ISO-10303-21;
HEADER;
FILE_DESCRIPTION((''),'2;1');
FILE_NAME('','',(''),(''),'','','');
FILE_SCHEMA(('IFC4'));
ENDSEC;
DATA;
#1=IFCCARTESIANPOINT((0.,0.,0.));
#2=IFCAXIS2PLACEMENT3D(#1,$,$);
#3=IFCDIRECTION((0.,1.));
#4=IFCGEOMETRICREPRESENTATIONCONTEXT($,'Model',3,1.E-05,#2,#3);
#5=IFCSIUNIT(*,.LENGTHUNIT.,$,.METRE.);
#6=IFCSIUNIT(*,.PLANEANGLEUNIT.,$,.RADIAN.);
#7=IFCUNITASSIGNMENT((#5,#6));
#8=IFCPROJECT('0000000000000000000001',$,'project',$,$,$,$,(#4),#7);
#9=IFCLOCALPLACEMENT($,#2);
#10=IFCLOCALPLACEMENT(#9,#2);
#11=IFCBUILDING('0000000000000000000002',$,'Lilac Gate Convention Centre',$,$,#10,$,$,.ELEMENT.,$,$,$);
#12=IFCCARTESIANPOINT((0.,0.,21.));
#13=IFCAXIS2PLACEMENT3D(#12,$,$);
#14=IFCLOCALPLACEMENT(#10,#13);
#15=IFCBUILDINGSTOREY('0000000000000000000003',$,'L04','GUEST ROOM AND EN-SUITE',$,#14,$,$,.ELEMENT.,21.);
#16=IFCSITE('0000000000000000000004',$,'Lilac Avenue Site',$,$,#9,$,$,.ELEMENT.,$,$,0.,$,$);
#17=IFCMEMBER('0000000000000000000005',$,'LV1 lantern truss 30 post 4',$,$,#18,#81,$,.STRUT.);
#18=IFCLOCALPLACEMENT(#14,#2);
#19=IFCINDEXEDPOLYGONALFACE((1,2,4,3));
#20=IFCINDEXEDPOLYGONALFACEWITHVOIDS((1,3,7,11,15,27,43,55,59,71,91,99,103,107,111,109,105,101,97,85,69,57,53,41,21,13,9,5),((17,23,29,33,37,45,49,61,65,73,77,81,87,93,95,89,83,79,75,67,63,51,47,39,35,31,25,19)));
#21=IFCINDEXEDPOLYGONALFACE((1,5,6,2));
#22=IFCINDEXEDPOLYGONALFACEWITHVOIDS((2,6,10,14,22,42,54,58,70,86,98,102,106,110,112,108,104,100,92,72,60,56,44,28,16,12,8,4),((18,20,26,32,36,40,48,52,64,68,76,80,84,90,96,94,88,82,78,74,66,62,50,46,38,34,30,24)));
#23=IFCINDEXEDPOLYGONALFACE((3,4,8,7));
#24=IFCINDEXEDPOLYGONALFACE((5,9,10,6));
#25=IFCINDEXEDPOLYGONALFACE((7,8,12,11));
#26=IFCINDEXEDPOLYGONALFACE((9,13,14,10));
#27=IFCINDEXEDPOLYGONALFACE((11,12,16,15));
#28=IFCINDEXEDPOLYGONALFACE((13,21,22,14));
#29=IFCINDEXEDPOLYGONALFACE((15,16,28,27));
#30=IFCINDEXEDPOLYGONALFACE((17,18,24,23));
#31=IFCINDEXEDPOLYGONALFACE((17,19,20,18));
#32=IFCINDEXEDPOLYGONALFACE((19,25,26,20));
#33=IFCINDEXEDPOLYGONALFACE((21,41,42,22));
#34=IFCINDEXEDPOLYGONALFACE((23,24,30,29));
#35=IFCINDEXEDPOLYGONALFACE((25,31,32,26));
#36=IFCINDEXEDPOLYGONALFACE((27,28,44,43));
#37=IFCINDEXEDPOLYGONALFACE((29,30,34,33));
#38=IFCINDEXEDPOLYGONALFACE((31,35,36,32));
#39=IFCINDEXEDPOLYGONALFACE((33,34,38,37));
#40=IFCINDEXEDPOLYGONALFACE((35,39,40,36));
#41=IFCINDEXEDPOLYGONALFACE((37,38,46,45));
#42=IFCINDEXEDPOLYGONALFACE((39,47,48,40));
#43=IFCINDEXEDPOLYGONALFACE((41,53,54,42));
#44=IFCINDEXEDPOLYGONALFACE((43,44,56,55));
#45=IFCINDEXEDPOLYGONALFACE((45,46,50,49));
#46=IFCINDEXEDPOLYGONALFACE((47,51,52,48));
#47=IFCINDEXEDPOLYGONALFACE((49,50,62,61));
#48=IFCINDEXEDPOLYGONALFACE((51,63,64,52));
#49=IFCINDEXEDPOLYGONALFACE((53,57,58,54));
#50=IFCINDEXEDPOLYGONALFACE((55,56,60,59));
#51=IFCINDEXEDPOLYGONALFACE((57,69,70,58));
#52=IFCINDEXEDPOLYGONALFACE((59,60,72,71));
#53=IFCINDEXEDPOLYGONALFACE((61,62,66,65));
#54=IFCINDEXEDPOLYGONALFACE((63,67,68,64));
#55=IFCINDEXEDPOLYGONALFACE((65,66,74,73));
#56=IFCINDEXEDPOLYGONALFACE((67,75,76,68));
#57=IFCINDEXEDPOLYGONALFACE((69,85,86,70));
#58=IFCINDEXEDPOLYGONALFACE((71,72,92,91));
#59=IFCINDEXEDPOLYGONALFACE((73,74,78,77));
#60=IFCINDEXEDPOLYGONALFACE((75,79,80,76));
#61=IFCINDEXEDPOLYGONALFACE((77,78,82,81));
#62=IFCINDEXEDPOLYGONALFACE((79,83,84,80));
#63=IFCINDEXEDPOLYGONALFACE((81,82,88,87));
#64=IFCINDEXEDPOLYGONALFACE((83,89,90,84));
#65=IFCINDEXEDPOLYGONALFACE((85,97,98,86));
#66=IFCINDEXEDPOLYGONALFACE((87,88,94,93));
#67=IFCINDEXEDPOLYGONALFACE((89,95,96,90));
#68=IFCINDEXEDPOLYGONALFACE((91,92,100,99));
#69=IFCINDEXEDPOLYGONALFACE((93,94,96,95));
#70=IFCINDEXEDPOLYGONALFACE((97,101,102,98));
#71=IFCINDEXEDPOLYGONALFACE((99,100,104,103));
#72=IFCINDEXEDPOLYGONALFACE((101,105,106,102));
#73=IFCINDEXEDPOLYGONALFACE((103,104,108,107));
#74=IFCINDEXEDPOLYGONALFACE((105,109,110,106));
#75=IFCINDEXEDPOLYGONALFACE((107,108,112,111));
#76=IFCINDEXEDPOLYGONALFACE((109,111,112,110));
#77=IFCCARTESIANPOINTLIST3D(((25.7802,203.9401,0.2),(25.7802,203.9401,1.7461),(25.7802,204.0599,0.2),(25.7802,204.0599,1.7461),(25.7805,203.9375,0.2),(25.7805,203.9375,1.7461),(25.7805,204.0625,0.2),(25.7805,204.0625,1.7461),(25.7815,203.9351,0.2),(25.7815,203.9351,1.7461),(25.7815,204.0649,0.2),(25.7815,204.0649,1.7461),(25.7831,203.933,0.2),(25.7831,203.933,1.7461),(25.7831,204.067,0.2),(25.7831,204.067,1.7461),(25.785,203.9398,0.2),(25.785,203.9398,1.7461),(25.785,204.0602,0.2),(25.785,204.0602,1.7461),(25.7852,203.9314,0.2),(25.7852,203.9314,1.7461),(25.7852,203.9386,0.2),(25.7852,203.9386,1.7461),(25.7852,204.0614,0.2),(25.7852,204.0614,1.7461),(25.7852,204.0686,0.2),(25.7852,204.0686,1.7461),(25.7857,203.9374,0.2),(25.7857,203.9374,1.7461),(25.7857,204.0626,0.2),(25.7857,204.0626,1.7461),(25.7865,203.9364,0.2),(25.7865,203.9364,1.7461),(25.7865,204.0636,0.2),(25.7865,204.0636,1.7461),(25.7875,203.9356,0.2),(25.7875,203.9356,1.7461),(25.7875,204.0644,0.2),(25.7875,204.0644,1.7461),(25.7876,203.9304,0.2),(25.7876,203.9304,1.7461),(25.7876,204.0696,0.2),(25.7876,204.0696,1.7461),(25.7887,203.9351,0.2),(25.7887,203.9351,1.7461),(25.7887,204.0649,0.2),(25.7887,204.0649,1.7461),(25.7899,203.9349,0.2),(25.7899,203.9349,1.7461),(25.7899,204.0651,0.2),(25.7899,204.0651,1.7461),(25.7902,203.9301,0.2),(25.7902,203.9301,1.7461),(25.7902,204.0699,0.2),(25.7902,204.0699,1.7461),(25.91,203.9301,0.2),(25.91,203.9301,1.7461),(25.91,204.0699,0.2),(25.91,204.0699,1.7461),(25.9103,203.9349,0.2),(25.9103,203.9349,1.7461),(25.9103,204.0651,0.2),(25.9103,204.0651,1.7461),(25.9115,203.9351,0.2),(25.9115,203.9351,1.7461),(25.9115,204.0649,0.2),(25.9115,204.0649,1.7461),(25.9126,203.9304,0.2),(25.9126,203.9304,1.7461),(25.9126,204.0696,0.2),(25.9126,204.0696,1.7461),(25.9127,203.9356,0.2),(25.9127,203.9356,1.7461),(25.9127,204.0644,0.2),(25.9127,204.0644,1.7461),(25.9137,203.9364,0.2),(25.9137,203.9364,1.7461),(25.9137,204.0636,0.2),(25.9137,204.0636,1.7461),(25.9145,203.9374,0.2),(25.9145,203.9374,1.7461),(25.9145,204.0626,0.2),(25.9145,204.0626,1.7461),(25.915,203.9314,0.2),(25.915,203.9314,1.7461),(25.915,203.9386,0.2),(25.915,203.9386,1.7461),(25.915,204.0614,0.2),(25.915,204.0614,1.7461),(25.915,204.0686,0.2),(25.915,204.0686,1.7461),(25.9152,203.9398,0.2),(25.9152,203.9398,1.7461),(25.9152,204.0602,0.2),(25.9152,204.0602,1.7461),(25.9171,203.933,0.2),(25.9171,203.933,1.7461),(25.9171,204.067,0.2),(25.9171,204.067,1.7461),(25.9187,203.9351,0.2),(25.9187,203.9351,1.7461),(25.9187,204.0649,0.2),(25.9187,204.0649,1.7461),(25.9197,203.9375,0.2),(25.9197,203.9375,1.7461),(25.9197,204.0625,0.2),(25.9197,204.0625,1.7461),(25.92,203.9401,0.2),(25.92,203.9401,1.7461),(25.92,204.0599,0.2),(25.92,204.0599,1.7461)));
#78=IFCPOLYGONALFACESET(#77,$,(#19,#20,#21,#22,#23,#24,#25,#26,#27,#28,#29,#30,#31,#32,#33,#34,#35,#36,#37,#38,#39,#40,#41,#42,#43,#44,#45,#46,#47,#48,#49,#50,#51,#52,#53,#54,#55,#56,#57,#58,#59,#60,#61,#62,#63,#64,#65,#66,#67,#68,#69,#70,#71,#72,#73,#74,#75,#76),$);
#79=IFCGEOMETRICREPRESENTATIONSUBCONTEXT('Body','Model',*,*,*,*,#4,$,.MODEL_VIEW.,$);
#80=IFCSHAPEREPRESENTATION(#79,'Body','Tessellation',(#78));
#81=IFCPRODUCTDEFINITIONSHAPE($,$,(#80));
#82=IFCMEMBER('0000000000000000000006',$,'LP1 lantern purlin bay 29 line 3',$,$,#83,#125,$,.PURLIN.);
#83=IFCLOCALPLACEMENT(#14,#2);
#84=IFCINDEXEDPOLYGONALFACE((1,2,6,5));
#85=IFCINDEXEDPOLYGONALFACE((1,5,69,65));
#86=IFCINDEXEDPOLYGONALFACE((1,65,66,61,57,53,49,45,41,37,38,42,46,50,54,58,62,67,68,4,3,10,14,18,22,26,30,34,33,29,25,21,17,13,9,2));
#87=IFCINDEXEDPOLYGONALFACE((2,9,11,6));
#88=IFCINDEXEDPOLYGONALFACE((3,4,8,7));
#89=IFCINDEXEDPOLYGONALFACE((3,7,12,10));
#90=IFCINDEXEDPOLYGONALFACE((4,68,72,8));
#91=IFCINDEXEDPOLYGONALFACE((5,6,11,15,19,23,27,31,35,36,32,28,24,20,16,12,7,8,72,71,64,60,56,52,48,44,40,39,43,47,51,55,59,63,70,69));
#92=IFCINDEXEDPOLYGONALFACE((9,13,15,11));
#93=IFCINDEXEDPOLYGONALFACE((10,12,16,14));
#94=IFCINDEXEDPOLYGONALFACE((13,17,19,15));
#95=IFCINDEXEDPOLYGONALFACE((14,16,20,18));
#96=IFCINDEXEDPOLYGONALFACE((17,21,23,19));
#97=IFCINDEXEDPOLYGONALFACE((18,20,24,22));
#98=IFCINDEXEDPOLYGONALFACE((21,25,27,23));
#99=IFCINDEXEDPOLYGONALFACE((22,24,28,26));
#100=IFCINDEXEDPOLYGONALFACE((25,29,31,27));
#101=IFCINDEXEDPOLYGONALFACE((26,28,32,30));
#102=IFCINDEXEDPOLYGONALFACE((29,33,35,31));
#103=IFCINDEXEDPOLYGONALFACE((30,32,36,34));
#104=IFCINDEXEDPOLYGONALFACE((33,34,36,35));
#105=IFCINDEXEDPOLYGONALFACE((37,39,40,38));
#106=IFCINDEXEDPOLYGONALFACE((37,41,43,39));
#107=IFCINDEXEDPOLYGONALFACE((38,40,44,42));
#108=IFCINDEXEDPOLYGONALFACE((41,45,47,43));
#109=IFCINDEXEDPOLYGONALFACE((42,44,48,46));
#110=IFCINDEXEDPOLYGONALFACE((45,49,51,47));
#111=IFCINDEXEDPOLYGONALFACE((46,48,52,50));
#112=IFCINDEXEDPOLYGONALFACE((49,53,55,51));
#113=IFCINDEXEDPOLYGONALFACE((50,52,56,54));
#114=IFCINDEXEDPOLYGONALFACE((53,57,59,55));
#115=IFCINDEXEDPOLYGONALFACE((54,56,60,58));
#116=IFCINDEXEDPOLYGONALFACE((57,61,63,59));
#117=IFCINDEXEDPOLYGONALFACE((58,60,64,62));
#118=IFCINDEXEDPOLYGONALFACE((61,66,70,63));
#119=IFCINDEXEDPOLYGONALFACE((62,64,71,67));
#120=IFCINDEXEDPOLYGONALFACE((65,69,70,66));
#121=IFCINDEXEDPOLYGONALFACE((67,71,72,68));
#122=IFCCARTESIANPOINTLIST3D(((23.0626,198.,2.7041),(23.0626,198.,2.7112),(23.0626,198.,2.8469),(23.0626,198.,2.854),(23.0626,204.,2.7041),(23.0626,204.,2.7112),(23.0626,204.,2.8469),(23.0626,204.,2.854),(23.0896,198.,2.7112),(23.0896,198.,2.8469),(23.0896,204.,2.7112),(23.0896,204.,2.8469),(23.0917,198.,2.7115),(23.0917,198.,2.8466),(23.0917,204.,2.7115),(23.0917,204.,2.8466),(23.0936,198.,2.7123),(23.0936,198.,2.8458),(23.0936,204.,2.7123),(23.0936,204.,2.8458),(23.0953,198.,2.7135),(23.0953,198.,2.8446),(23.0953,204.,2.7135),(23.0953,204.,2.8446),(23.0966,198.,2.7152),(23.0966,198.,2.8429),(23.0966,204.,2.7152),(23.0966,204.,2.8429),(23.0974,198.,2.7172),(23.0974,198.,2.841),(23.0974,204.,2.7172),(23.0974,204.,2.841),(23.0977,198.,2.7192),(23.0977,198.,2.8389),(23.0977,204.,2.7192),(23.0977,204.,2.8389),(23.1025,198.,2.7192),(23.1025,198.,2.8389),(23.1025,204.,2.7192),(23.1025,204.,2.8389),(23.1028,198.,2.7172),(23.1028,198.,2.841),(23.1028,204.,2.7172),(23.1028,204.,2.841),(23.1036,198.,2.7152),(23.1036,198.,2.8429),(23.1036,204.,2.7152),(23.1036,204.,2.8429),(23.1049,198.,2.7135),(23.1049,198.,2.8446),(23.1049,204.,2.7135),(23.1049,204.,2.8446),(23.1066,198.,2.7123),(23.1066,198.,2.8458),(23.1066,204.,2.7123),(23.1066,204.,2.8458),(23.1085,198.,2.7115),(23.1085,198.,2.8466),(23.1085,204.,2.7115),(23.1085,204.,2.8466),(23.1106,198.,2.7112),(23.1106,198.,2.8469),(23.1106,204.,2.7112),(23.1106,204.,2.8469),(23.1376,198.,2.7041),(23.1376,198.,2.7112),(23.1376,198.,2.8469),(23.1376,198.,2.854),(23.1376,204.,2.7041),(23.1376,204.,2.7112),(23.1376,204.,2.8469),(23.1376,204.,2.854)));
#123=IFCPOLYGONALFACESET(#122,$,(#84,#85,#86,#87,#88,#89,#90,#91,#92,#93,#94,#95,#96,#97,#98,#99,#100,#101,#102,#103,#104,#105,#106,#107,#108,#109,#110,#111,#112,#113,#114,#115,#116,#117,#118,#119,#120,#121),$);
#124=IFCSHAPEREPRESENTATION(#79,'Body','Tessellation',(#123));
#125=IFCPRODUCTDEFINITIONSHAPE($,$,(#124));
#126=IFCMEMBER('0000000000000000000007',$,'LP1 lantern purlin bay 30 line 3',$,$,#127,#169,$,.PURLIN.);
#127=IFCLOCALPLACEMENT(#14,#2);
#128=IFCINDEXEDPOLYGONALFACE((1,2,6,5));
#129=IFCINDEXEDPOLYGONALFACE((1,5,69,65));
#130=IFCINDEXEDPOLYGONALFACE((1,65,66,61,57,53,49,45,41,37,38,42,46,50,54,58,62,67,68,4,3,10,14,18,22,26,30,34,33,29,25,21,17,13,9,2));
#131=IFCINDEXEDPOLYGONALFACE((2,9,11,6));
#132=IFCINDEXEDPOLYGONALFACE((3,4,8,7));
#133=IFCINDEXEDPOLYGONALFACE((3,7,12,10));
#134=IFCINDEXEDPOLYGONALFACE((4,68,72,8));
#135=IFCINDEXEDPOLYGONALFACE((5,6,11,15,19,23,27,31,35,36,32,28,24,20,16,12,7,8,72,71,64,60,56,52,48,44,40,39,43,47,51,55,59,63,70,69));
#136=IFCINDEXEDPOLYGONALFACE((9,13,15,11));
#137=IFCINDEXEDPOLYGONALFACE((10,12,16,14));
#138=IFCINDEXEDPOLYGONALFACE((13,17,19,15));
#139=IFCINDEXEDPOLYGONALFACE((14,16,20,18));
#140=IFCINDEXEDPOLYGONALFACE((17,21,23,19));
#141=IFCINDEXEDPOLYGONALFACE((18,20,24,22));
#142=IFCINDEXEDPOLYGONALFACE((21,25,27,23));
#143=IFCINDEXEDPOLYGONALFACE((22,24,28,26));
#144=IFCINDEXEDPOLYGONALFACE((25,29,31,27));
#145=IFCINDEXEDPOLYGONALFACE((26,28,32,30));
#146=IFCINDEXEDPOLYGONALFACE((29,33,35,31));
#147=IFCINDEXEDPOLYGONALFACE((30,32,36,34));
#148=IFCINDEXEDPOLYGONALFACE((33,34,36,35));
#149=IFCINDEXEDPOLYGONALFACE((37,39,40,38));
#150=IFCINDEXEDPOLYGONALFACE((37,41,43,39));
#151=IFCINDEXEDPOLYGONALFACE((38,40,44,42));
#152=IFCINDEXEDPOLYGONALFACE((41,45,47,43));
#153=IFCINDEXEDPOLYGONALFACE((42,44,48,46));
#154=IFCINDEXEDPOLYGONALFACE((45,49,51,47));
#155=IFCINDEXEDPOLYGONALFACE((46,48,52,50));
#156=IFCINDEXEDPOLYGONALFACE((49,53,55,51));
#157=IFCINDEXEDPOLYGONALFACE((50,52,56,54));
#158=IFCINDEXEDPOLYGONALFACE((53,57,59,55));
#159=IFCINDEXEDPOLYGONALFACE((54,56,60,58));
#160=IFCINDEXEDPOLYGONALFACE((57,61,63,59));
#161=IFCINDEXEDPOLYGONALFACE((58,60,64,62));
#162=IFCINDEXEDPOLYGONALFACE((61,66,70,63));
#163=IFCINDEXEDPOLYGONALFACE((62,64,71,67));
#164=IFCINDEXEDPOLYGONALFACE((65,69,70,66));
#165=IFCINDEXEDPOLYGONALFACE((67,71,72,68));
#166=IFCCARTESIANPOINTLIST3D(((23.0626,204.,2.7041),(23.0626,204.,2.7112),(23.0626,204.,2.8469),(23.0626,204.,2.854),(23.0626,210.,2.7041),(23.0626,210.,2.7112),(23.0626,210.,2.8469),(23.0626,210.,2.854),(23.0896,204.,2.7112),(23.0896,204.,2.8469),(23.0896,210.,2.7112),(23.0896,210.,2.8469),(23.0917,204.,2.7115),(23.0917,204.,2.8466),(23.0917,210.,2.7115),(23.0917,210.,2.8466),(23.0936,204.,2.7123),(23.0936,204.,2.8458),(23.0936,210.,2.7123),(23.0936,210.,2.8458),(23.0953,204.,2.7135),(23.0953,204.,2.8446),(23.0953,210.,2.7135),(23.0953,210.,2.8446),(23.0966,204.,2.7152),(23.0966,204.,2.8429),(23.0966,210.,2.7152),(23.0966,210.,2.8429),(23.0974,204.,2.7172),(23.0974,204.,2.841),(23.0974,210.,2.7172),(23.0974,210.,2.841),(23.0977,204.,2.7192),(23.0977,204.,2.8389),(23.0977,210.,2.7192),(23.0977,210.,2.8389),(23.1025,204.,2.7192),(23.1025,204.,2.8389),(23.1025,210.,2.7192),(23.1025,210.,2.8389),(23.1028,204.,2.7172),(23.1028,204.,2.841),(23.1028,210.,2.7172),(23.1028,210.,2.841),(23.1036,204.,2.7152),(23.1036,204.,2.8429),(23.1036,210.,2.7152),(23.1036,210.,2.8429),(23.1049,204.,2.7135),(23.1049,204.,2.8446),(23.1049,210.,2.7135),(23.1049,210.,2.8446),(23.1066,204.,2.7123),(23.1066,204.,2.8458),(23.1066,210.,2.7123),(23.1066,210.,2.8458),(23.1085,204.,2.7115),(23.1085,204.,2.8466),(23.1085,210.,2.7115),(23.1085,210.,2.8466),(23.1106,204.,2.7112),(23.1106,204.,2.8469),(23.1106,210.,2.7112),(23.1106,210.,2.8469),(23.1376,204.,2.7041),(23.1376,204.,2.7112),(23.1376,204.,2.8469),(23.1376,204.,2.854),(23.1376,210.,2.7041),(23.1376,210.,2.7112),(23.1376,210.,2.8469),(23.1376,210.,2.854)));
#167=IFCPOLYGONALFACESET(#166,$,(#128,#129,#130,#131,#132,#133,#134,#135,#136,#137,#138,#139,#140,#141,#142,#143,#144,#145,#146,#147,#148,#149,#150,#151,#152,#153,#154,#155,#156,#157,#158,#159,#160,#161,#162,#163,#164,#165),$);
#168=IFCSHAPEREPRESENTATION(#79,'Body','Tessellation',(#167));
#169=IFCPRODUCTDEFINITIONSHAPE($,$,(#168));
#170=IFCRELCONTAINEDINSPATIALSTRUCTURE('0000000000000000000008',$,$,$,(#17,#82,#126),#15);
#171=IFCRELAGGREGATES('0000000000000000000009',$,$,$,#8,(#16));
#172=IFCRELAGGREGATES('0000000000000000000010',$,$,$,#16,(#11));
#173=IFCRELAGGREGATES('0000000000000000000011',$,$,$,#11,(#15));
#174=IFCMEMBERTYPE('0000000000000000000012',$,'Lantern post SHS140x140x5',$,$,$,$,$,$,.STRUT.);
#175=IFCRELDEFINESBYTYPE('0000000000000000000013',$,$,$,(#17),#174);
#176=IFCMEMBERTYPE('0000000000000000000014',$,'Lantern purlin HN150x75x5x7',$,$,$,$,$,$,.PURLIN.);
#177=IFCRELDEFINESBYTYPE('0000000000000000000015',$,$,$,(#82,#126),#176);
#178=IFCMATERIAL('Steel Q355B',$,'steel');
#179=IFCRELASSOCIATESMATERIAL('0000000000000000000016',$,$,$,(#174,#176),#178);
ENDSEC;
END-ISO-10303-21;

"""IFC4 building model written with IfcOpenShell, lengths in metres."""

from ifc_helpers import new_model, si_unit, direction, frame, origin, origin_2d, place, context, subcontext, project, spatial, hollow_rectangle, i_section, extrude, material, material_profile, profile_set, type_object, element, save


model = new_model("IFC4")

# Units and contexts
model_context = context("Model", 3, precision=1e-05, world=origin(), true_north=direction((0.0, 1.0)))
body_context = subcontext(model_context, "Body", "Model", "MODEL_VIEW")
ifc_project = project(units=[si_unit("LENGTHUNIT", "METRE"), si_unit("PLANEANGLEUNIT", "RADIAN")], contexts=[model_context])

# Site, building, storey
site_placement = place(None, origin())
site = spatial("IfcSite", under=ifc_project, at=site_placement, Name="Lilac Avenue Site", CompositionType="ELEMENT", RefElevation=0.0)
building_placement = place(site_placement, origin())
building = spatial("IfcBuilding", under=site, at=building_placement, Name="Lilac Gate Convention Centre", CompositionType="ELEMENT")
storey_placement = place(building_placement, frame((0.0, 0.0, 21.0)))
storey = spatial("IfcBuildingStorey", under=building, at=storey_placement, Name="L04", Description="GUEST ROOM AND EN-SUITE", CompositionType="ELEMENT", Elevation=21.0)

# Members
ifc_material_1 = material(Name="Steel Q355B", Category="steel")
ifc_material_profile_1 = material_profile(ifc_material_1, hollow_rectangle(XDim=0.1399, YDim=0.1399, WallThickness=0.0049, InnerFilletRadius=0.0049, OuterFilletRadius=0.01, at=origin_2d()), Name="SHS140x140x5")
ifc_profile_set_1 = profile_set([ifc_material_profile_1], Name="Steel Q355B")
member_type_1 = type_object("IfcMemberType", Name="Lantern post SHS140x140x5", PredefinedType="STRUT", material=ifc_profile_set_1)
member_1_placement = place(storey_placement, frame((25.8501, 204.0, 0.2), z_axis=(0.0, 0.0, 1.0), x_axis=(1.0, 0.0, 0.0)))
element("IfcMember", 1, at=member_1_placement, inside=storey, type_object=member_type_1, Name="LV1 lantern truss 30 post 4", PredefinedType="STRUT", context=body_context, shape_type="SweptSolid", body=[
    extrude(hollow_rectangle(XDim=0.1399, YDim=0.1399, WallThickness=0.0049, InnerFilletRadius=0.0049, OuterFilletRadius=0.01, at=origin_2d()), origin(), (0.0, 0.0, 1.0), 1.5461),
])
ifc_material_profile_2 = material_profile(ifc_material_1, i_section(OverallWidth=0.075, OverallDepth=0.1499, WebThickness=0.0049, FlangeThickness=0.0071, FilletRadius=0.0081, at=origin_2d()), Name="HN150x75x5x7")
ifc_profile_set_2 = profile_set([ifc_material_profile_2], Name="Steel Q355B")
member_type_2 = type_object("IfcMemberType", Name="Lantern purlin HN150x75x5x7", PredefinedType="PURLIN", material=ifc_profile_set_2)
for number, where, z_axis, x_axis, name in (
    (2, (23.1001, 198.0, 2.7791), (0.0, 1.0, 0.0), (-1.0, 0.0, 0.0), "LP1 lantern purlin bay 29 line 3"),
    (3, (23.1001, 204.0, 2.7791), (0.0, 1.0, 0.0), (-1.0, 0.0, 0.0), "LP1 lantern purlin bay 30 line 3"),
):
    element("IfcMember", number, at=place(storey_placement, frame(where, z_axis=z_axis, x_axis=x_axis)), inside=storey, type_object=member_type_2, Name=name, PredefinedType="PURLIN", context=body_context, shape_type="SweptSolid", body=[
        extrude(i_section(OverallWidth=0.075, OverallDepth=0.1499, WebThickness=0.0049, FlangeThickness=0.0071, FilletRadius=0.0081, at=origin_2d()), origin(), (0.0, 0.0, 1.0), 6.0),
    ])

save(model, "model.ifc")
